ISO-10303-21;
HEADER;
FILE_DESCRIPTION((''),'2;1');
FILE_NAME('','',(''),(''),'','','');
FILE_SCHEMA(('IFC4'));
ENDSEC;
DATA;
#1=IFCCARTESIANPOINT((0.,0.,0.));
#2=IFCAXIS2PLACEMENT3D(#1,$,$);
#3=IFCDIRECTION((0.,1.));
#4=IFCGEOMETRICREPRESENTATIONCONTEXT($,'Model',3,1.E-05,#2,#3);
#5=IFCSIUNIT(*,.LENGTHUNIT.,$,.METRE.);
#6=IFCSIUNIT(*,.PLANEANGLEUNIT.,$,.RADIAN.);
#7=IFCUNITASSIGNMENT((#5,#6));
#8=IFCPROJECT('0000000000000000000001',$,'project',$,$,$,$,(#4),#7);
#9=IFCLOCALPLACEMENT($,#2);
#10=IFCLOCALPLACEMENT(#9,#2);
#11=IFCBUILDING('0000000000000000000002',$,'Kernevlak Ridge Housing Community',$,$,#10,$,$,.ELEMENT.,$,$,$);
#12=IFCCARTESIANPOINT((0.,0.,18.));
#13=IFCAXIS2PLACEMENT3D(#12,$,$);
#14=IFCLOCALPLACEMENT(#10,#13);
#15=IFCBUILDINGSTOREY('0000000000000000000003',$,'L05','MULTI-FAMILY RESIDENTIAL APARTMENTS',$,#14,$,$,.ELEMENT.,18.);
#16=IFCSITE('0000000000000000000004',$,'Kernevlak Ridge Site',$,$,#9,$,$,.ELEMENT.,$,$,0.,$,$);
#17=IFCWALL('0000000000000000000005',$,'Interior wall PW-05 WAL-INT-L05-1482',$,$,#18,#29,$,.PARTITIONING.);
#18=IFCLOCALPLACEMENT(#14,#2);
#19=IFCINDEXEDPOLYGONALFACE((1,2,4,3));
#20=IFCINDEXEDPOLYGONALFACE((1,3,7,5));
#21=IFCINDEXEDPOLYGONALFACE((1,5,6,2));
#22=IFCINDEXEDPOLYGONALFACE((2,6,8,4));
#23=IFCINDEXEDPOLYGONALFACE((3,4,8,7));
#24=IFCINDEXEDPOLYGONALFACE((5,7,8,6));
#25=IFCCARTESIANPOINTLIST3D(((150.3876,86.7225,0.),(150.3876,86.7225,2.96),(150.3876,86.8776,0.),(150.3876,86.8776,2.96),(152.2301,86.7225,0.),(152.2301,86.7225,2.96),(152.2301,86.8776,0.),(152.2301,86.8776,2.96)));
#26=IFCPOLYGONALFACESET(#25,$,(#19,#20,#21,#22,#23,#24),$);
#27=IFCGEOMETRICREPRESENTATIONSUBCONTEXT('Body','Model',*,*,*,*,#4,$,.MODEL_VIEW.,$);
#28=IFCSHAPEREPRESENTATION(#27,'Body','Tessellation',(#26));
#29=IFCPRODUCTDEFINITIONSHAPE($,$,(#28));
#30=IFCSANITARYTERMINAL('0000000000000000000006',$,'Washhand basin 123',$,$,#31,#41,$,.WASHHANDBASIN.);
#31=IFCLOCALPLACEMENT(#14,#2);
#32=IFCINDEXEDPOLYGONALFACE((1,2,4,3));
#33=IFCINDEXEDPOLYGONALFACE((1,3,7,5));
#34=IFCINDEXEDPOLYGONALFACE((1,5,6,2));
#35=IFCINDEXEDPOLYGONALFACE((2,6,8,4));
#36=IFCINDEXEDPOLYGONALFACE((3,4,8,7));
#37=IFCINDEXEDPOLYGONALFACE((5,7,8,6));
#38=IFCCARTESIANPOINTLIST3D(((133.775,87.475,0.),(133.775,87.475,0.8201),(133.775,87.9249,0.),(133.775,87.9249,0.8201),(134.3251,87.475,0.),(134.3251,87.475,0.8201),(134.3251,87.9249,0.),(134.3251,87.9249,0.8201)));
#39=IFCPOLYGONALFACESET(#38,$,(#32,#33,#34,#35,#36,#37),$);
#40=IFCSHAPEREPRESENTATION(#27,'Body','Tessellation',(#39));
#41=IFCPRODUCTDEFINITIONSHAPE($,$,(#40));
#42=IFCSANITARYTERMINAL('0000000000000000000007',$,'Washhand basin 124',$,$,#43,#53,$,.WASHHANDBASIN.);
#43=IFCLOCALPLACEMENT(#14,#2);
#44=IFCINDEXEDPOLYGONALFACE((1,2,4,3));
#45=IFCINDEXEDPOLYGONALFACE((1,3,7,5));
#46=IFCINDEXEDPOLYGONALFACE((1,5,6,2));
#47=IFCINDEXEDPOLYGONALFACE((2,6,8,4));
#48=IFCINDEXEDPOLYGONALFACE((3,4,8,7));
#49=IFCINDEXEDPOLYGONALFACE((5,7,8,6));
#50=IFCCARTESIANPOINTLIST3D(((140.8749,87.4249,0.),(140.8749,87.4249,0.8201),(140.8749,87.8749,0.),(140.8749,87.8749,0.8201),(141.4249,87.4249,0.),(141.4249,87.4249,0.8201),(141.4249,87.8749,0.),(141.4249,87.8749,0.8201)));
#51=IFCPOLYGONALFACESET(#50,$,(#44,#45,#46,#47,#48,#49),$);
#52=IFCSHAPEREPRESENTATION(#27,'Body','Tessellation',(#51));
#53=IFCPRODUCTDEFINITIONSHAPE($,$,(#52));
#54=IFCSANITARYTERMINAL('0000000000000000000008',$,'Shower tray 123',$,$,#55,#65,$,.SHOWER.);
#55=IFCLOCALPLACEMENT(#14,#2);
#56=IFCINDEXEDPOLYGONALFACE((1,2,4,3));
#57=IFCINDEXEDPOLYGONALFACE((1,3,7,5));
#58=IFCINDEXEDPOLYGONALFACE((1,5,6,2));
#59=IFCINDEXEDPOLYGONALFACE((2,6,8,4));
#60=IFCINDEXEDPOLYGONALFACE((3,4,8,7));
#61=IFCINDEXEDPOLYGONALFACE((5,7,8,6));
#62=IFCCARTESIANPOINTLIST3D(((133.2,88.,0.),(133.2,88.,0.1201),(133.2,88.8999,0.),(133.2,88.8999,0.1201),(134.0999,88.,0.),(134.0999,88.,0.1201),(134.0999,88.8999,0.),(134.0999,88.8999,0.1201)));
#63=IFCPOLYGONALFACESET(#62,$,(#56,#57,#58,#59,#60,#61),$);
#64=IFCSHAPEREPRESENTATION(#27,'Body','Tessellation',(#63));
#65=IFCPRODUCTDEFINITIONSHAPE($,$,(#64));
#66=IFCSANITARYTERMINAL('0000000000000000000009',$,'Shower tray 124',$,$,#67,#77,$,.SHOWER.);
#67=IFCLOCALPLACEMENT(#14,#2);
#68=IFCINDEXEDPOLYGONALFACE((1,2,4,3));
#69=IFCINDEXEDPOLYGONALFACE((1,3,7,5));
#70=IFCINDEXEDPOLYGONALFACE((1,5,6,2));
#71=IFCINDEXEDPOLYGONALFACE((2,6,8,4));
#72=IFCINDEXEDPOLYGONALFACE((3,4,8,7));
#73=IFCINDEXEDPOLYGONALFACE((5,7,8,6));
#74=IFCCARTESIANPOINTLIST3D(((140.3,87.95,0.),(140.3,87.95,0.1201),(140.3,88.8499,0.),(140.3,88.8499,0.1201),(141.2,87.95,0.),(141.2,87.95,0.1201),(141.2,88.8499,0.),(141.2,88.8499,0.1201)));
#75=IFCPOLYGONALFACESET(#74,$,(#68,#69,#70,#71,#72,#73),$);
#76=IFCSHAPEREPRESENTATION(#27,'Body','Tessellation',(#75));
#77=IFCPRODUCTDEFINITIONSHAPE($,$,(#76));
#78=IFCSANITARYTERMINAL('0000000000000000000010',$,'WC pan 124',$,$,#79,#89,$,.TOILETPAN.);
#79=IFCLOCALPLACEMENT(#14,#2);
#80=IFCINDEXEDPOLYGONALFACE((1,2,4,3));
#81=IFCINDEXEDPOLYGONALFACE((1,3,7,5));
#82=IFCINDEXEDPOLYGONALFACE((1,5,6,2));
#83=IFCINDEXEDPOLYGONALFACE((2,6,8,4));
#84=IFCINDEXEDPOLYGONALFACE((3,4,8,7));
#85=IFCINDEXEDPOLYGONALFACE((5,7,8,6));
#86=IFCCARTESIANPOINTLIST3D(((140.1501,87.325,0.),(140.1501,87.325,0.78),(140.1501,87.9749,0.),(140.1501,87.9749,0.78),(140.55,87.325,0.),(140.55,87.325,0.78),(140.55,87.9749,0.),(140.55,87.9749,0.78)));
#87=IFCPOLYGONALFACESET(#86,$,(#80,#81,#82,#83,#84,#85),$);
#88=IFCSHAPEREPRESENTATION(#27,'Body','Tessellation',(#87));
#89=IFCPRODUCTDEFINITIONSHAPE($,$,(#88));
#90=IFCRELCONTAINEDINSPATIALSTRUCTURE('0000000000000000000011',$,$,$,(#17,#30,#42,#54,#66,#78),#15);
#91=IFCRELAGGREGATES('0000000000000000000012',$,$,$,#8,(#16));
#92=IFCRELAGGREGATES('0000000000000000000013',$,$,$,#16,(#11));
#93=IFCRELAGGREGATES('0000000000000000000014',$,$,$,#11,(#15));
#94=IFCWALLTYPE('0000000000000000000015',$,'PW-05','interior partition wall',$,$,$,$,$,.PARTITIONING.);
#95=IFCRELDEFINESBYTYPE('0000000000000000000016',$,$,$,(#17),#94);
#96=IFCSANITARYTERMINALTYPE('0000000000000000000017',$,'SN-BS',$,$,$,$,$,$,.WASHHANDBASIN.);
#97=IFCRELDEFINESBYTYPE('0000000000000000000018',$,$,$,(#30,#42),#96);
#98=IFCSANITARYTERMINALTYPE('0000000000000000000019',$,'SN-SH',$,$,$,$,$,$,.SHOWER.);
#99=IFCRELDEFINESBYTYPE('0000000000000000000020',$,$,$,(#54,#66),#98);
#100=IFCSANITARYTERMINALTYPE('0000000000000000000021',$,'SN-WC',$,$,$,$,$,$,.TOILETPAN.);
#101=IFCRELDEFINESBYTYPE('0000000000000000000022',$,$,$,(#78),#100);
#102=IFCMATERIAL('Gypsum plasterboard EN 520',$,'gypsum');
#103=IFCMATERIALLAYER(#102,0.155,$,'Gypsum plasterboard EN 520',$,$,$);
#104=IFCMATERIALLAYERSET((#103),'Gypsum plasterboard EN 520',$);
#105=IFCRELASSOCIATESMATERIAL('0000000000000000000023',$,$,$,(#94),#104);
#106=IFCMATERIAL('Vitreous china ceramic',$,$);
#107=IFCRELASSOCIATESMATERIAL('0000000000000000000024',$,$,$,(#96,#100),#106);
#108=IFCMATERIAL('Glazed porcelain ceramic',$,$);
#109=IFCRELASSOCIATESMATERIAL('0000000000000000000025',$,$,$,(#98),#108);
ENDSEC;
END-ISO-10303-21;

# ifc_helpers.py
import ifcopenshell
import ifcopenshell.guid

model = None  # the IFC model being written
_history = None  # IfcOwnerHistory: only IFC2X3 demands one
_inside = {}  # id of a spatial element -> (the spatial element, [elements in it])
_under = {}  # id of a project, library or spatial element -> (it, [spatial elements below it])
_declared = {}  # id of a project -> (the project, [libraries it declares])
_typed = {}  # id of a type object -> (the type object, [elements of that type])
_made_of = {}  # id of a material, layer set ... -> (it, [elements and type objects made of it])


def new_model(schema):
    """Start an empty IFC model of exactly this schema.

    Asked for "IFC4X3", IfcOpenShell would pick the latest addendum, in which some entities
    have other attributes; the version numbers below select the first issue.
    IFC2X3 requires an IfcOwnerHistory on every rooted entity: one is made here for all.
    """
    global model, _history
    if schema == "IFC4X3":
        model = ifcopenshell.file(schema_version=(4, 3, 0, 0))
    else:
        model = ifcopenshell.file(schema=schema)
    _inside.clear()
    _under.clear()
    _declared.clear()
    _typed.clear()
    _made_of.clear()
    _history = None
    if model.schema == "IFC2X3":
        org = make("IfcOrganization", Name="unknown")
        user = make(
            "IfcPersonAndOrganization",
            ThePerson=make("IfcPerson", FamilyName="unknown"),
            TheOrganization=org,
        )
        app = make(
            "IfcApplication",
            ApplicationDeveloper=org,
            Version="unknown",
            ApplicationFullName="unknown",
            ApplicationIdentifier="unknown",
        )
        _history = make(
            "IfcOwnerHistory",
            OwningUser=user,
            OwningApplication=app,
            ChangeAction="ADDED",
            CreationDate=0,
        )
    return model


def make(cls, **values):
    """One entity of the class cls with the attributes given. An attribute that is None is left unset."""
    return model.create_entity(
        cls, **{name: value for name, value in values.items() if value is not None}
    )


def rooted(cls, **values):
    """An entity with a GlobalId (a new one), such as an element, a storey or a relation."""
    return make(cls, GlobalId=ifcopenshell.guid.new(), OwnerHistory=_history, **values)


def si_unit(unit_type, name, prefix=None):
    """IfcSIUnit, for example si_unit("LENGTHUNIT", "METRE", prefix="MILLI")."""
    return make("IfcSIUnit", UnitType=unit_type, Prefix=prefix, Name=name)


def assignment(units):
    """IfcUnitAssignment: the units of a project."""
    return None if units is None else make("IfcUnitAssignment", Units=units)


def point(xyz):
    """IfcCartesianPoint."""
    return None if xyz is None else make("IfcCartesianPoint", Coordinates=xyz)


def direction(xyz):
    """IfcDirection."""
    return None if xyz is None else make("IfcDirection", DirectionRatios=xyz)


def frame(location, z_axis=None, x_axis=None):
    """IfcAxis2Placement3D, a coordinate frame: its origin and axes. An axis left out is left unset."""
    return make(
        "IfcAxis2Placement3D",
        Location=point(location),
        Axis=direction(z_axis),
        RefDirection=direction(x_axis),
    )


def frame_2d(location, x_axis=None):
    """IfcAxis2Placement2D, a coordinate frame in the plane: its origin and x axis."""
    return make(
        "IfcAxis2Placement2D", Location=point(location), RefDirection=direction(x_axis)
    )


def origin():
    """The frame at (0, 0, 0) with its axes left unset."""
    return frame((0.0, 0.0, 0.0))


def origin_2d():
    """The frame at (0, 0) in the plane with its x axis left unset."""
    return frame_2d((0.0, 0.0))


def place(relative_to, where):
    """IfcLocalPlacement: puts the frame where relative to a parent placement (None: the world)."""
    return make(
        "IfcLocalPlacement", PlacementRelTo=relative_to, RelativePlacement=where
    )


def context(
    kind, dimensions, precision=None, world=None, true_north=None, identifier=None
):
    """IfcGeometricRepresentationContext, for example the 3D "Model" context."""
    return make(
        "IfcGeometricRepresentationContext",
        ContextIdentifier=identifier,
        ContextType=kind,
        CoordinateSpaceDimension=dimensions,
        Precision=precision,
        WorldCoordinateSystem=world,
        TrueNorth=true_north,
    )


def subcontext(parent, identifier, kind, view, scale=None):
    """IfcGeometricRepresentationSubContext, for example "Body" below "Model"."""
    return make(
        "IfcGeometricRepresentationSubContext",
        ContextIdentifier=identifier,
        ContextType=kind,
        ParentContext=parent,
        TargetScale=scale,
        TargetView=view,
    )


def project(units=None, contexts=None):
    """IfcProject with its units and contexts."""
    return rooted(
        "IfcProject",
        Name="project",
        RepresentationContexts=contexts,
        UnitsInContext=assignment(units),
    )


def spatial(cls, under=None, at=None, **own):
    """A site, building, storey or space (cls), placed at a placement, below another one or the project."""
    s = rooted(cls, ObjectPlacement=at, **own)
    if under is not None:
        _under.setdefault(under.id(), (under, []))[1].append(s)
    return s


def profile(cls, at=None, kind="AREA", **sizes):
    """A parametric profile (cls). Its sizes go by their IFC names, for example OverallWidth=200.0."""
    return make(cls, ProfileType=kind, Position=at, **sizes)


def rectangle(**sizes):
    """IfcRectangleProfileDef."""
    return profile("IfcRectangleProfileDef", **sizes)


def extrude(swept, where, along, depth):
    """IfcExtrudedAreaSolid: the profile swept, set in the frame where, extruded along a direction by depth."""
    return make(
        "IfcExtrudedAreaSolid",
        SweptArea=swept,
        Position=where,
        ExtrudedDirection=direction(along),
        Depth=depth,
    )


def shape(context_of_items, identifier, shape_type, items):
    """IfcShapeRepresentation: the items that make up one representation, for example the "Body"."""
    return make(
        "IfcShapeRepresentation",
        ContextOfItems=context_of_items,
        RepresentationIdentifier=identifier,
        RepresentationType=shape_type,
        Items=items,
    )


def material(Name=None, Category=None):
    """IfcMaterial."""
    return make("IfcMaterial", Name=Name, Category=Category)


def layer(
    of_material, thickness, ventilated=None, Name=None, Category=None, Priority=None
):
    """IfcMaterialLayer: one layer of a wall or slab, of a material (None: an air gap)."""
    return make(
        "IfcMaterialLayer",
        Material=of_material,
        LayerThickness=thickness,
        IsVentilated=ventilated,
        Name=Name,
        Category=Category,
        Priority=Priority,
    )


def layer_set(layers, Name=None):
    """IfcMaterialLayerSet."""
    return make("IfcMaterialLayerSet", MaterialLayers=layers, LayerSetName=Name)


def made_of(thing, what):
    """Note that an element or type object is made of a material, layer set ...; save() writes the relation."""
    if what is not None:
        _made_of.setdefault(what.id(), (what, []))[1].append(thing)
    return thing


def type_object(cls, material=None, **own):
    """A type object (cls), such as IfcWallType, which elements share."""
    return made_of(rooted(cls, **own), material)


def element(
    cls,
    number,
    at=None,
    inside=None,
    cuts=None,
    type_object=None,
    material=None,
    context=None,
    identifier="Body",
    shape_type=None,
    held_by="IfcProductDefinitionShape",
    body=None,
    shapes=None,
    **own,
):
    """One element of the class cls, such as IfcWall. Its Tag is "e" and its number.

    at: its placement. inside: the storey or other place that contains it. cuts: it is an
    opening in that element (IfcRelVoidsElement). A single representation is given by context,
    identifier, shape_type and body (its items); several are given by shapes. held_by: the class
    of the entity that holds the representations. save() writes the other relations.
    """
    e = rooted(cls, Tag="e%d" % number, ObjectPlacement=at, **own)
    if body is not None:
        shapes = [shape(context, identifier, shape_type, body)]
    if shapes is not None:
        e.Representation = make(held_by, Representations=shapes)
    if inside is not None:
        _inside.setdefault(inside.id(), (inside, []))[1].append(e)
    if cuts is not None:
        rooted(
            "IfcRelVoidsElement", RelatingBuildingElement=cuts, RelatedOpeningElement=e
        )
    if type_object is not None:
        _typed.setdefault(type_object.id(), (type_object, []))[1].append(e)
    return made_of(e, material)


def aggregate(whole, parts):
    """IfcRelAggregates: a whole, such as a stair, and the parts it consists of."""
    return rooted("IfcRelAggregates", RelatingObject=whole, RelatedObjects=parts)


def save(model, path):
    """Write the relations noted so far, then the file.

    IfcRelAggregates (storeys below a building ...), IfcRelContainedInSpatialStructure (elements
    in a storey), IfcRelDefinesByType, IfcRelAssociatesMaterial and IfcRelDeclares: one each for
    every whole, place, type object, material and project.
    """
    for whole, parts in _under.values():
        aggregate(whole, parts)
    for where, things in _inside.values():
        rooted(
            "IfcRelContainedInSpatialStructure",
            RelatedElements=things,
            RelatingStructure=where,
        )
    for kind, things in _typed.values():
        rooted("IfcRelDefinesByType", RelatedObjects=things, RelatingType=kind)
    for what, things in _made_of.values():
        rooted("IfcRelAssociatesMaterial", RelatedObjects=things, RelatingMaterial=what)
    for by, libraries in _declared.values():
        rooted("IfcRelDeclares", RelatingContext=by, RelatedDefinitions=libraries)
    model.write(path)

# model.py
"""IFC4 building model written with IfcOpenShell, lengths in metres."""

from ifc_helpers import new_model, si_unit, direction, frame, frame_2d, origin, origin_2d, place, context, subcontext, project, spatial, rectangle, extrude, material, layer, layer_set, type_object, element, save


model = new_model("IFC4")

# Units and contexts
model_context = context("Model", 3, precision=1e-05, world=origin(), true_north=direction((0.0, 1.0)))
body_context = subcontext(model_context, "Body", "Model", "MODEL_VIEW")
ifc_project = project(units=[si_unit("LENGTHUNIT", "METRE"), si_unit("PLANEANGLEUNIT", "RADIAN")], contexts=[model_context])

# Site, building, storey
site_placement = place(None, origin())
site = spatial("IfcSite", under=ifc_project, at=site_placement, Name="Kernevlak Ridge Site", CompositionType="ELEMENT", RefElevation=0.0)
building_placement = place(site_placement, origin())
building = spatial("IfcBuilding", under=site, at=building_placement, Name="Kernevlak Ridge Housing Community", CompositionType="ELEMENT")
storey_placement = place(building_placement, frame((0.0, 0.0, 18.0)))
storey = spatial("IfcBuildingStorey", under=building, at=storey_placement, Name="L05", Description="MULTI-FAMILY RESIDENTIAL APARTMENTS", CompositionType="ELEMENT", Elevation=18.0)

# Shared definitions
ifc_material_1 = material(Name="Gypsum plasterboard EN 520", Category="gypsum")
ifc_layer_1 = layer(ifc_material_1, 0.155, Name="Gypsum plasterboard EN 520")
ifc_layer_set_1 = layer_set([ifc_layer_1], Name="Gypsum plasterboard EN 520")
wall_type_1 = type_object("IfcWallType", Name="PW-05", Description="interior partition wall", PredefinedType="PARTITIONING", material=ifc_layer_set_1)

# Wall
wall_1_placement = place(storey_placement, frame((150.3875, 86.8, 0.0), z_axis=(0.0, 0.0, 1.0), x_axis=(1.0, 0.0, 0.0)))
element("IfcWall", 1, at=wall_1_placement, inside=storey, type_object=wall_type_1, Name="Interior wall PW-05 WAL-INT-L05-1482", PredefinedType="PARTITIONING", context=body_context, shape_type="SweptSolid", body=[
    extrude(rectangle(XDim=1.8425, YDim=0.155, at=frame_2d((0.9214, 0.0))), origin(), (0.0, 0.0, 1.0), 2.96),
])

# Sanitary terminals
ifc_material_2 = material(Name="Vitreous china ceramic")
sanitary_terminal_type_1 = type_object("IfcSanitaryTerminalType", Name="SN-BS", PredefinedType="WASHHANDBASIN", material=ifc_material_2)
for number, where, z_axis, x_axis, name in (
    (2, (134.05, 87.7, 0.0), (0.0, 0.0, 1.0), (1.0, 0.0, 0.0), "Washhand basin 123"),
    (3, (141.1499, 87.6499, 0.0), (0.0, 0.0, 1.0), (1.0, 0.0, 0.0), "Washhand basin 124"),
):
    element("IfcSanitaryTerminal", number, at=place(storey_placement, frame(where, z_axis=z_axis, x_axis=x_axis)), inside=storey, type_object=sanitary_terminal_type_1, Name=name, PredefinedType="WASHHANDBASIN", context=body_context, shape_type="SweptSolid", body=[
        extrude(rectangle(XDim=0.55, YDim=0.45, at=origin_2d()), origin(), (0.0, 0.0, 1.0), 0.8201),
    ])
ifc_material_3 = material(Name="Glazed porcelain ceramic")
sanitary_terminal_type_2 = type_object("IfcSanitaryTerminalType", Name="SN-SH", PredefinedType="SHOWER", material=ifc_material_3)
for number, where, z_axis, x_axis, name in (
    (4, (133.6499, 88.45, 0.0), (0.0, 0.0, 1.0), (1.0, 0.0, 0.0), "Shower tray 123"),
    (5, (140.75, 88.3999, 0.0), (0.0, 0.0, 1.0), (1.0, 0.0, 0.0), "Shower tray 124"),
):
    element("IfcSanitaryTerminal", number, at=place(storey_placement, frame(where, z_axis=z_axis, x_axis=x_axis)), inside=storey, type_object=sanitary_terminal_type_2, Name=name, PredefinedType="SHOWER", context=body_context, shape_type="SweptSolid", body=[
        extrude(rectangle(XDim=0.8999, YDim=0.8999, at=origin_2d()), origin(), (0.0, 0.0, 1.0), 0.1201),
    ])
sanitary_terminal_type_3 = type_object("IfcSanitaryTerminalType", Name="SN-WC", PredefinedType="TOILETPAN", material=ifc_material_2)
sanitary_terminal_placement = place(storey_placement, frame((140.3501, 87.6499, 0.0), z_axis=(0.0, 0.0, 1.0), x_axis=(1.0, 0.0, 0.0)))
element("IfcSanitaryTerminal", 6, at=sanitary_terminal_placement, inside=storey, type_object=sanitary_terminal_type_3, Name="WC pan 124", PredefinedType="TOILETPAN", context=body_context, shape_type="SweptSolid", body=[
    extrude(rectangle(XDim=0.3999, YDim=0.6499, at=origin_2d()), origin(), (0.0, 0.0, 1.0), 0.78),
])

save(model, "model.ifc")
